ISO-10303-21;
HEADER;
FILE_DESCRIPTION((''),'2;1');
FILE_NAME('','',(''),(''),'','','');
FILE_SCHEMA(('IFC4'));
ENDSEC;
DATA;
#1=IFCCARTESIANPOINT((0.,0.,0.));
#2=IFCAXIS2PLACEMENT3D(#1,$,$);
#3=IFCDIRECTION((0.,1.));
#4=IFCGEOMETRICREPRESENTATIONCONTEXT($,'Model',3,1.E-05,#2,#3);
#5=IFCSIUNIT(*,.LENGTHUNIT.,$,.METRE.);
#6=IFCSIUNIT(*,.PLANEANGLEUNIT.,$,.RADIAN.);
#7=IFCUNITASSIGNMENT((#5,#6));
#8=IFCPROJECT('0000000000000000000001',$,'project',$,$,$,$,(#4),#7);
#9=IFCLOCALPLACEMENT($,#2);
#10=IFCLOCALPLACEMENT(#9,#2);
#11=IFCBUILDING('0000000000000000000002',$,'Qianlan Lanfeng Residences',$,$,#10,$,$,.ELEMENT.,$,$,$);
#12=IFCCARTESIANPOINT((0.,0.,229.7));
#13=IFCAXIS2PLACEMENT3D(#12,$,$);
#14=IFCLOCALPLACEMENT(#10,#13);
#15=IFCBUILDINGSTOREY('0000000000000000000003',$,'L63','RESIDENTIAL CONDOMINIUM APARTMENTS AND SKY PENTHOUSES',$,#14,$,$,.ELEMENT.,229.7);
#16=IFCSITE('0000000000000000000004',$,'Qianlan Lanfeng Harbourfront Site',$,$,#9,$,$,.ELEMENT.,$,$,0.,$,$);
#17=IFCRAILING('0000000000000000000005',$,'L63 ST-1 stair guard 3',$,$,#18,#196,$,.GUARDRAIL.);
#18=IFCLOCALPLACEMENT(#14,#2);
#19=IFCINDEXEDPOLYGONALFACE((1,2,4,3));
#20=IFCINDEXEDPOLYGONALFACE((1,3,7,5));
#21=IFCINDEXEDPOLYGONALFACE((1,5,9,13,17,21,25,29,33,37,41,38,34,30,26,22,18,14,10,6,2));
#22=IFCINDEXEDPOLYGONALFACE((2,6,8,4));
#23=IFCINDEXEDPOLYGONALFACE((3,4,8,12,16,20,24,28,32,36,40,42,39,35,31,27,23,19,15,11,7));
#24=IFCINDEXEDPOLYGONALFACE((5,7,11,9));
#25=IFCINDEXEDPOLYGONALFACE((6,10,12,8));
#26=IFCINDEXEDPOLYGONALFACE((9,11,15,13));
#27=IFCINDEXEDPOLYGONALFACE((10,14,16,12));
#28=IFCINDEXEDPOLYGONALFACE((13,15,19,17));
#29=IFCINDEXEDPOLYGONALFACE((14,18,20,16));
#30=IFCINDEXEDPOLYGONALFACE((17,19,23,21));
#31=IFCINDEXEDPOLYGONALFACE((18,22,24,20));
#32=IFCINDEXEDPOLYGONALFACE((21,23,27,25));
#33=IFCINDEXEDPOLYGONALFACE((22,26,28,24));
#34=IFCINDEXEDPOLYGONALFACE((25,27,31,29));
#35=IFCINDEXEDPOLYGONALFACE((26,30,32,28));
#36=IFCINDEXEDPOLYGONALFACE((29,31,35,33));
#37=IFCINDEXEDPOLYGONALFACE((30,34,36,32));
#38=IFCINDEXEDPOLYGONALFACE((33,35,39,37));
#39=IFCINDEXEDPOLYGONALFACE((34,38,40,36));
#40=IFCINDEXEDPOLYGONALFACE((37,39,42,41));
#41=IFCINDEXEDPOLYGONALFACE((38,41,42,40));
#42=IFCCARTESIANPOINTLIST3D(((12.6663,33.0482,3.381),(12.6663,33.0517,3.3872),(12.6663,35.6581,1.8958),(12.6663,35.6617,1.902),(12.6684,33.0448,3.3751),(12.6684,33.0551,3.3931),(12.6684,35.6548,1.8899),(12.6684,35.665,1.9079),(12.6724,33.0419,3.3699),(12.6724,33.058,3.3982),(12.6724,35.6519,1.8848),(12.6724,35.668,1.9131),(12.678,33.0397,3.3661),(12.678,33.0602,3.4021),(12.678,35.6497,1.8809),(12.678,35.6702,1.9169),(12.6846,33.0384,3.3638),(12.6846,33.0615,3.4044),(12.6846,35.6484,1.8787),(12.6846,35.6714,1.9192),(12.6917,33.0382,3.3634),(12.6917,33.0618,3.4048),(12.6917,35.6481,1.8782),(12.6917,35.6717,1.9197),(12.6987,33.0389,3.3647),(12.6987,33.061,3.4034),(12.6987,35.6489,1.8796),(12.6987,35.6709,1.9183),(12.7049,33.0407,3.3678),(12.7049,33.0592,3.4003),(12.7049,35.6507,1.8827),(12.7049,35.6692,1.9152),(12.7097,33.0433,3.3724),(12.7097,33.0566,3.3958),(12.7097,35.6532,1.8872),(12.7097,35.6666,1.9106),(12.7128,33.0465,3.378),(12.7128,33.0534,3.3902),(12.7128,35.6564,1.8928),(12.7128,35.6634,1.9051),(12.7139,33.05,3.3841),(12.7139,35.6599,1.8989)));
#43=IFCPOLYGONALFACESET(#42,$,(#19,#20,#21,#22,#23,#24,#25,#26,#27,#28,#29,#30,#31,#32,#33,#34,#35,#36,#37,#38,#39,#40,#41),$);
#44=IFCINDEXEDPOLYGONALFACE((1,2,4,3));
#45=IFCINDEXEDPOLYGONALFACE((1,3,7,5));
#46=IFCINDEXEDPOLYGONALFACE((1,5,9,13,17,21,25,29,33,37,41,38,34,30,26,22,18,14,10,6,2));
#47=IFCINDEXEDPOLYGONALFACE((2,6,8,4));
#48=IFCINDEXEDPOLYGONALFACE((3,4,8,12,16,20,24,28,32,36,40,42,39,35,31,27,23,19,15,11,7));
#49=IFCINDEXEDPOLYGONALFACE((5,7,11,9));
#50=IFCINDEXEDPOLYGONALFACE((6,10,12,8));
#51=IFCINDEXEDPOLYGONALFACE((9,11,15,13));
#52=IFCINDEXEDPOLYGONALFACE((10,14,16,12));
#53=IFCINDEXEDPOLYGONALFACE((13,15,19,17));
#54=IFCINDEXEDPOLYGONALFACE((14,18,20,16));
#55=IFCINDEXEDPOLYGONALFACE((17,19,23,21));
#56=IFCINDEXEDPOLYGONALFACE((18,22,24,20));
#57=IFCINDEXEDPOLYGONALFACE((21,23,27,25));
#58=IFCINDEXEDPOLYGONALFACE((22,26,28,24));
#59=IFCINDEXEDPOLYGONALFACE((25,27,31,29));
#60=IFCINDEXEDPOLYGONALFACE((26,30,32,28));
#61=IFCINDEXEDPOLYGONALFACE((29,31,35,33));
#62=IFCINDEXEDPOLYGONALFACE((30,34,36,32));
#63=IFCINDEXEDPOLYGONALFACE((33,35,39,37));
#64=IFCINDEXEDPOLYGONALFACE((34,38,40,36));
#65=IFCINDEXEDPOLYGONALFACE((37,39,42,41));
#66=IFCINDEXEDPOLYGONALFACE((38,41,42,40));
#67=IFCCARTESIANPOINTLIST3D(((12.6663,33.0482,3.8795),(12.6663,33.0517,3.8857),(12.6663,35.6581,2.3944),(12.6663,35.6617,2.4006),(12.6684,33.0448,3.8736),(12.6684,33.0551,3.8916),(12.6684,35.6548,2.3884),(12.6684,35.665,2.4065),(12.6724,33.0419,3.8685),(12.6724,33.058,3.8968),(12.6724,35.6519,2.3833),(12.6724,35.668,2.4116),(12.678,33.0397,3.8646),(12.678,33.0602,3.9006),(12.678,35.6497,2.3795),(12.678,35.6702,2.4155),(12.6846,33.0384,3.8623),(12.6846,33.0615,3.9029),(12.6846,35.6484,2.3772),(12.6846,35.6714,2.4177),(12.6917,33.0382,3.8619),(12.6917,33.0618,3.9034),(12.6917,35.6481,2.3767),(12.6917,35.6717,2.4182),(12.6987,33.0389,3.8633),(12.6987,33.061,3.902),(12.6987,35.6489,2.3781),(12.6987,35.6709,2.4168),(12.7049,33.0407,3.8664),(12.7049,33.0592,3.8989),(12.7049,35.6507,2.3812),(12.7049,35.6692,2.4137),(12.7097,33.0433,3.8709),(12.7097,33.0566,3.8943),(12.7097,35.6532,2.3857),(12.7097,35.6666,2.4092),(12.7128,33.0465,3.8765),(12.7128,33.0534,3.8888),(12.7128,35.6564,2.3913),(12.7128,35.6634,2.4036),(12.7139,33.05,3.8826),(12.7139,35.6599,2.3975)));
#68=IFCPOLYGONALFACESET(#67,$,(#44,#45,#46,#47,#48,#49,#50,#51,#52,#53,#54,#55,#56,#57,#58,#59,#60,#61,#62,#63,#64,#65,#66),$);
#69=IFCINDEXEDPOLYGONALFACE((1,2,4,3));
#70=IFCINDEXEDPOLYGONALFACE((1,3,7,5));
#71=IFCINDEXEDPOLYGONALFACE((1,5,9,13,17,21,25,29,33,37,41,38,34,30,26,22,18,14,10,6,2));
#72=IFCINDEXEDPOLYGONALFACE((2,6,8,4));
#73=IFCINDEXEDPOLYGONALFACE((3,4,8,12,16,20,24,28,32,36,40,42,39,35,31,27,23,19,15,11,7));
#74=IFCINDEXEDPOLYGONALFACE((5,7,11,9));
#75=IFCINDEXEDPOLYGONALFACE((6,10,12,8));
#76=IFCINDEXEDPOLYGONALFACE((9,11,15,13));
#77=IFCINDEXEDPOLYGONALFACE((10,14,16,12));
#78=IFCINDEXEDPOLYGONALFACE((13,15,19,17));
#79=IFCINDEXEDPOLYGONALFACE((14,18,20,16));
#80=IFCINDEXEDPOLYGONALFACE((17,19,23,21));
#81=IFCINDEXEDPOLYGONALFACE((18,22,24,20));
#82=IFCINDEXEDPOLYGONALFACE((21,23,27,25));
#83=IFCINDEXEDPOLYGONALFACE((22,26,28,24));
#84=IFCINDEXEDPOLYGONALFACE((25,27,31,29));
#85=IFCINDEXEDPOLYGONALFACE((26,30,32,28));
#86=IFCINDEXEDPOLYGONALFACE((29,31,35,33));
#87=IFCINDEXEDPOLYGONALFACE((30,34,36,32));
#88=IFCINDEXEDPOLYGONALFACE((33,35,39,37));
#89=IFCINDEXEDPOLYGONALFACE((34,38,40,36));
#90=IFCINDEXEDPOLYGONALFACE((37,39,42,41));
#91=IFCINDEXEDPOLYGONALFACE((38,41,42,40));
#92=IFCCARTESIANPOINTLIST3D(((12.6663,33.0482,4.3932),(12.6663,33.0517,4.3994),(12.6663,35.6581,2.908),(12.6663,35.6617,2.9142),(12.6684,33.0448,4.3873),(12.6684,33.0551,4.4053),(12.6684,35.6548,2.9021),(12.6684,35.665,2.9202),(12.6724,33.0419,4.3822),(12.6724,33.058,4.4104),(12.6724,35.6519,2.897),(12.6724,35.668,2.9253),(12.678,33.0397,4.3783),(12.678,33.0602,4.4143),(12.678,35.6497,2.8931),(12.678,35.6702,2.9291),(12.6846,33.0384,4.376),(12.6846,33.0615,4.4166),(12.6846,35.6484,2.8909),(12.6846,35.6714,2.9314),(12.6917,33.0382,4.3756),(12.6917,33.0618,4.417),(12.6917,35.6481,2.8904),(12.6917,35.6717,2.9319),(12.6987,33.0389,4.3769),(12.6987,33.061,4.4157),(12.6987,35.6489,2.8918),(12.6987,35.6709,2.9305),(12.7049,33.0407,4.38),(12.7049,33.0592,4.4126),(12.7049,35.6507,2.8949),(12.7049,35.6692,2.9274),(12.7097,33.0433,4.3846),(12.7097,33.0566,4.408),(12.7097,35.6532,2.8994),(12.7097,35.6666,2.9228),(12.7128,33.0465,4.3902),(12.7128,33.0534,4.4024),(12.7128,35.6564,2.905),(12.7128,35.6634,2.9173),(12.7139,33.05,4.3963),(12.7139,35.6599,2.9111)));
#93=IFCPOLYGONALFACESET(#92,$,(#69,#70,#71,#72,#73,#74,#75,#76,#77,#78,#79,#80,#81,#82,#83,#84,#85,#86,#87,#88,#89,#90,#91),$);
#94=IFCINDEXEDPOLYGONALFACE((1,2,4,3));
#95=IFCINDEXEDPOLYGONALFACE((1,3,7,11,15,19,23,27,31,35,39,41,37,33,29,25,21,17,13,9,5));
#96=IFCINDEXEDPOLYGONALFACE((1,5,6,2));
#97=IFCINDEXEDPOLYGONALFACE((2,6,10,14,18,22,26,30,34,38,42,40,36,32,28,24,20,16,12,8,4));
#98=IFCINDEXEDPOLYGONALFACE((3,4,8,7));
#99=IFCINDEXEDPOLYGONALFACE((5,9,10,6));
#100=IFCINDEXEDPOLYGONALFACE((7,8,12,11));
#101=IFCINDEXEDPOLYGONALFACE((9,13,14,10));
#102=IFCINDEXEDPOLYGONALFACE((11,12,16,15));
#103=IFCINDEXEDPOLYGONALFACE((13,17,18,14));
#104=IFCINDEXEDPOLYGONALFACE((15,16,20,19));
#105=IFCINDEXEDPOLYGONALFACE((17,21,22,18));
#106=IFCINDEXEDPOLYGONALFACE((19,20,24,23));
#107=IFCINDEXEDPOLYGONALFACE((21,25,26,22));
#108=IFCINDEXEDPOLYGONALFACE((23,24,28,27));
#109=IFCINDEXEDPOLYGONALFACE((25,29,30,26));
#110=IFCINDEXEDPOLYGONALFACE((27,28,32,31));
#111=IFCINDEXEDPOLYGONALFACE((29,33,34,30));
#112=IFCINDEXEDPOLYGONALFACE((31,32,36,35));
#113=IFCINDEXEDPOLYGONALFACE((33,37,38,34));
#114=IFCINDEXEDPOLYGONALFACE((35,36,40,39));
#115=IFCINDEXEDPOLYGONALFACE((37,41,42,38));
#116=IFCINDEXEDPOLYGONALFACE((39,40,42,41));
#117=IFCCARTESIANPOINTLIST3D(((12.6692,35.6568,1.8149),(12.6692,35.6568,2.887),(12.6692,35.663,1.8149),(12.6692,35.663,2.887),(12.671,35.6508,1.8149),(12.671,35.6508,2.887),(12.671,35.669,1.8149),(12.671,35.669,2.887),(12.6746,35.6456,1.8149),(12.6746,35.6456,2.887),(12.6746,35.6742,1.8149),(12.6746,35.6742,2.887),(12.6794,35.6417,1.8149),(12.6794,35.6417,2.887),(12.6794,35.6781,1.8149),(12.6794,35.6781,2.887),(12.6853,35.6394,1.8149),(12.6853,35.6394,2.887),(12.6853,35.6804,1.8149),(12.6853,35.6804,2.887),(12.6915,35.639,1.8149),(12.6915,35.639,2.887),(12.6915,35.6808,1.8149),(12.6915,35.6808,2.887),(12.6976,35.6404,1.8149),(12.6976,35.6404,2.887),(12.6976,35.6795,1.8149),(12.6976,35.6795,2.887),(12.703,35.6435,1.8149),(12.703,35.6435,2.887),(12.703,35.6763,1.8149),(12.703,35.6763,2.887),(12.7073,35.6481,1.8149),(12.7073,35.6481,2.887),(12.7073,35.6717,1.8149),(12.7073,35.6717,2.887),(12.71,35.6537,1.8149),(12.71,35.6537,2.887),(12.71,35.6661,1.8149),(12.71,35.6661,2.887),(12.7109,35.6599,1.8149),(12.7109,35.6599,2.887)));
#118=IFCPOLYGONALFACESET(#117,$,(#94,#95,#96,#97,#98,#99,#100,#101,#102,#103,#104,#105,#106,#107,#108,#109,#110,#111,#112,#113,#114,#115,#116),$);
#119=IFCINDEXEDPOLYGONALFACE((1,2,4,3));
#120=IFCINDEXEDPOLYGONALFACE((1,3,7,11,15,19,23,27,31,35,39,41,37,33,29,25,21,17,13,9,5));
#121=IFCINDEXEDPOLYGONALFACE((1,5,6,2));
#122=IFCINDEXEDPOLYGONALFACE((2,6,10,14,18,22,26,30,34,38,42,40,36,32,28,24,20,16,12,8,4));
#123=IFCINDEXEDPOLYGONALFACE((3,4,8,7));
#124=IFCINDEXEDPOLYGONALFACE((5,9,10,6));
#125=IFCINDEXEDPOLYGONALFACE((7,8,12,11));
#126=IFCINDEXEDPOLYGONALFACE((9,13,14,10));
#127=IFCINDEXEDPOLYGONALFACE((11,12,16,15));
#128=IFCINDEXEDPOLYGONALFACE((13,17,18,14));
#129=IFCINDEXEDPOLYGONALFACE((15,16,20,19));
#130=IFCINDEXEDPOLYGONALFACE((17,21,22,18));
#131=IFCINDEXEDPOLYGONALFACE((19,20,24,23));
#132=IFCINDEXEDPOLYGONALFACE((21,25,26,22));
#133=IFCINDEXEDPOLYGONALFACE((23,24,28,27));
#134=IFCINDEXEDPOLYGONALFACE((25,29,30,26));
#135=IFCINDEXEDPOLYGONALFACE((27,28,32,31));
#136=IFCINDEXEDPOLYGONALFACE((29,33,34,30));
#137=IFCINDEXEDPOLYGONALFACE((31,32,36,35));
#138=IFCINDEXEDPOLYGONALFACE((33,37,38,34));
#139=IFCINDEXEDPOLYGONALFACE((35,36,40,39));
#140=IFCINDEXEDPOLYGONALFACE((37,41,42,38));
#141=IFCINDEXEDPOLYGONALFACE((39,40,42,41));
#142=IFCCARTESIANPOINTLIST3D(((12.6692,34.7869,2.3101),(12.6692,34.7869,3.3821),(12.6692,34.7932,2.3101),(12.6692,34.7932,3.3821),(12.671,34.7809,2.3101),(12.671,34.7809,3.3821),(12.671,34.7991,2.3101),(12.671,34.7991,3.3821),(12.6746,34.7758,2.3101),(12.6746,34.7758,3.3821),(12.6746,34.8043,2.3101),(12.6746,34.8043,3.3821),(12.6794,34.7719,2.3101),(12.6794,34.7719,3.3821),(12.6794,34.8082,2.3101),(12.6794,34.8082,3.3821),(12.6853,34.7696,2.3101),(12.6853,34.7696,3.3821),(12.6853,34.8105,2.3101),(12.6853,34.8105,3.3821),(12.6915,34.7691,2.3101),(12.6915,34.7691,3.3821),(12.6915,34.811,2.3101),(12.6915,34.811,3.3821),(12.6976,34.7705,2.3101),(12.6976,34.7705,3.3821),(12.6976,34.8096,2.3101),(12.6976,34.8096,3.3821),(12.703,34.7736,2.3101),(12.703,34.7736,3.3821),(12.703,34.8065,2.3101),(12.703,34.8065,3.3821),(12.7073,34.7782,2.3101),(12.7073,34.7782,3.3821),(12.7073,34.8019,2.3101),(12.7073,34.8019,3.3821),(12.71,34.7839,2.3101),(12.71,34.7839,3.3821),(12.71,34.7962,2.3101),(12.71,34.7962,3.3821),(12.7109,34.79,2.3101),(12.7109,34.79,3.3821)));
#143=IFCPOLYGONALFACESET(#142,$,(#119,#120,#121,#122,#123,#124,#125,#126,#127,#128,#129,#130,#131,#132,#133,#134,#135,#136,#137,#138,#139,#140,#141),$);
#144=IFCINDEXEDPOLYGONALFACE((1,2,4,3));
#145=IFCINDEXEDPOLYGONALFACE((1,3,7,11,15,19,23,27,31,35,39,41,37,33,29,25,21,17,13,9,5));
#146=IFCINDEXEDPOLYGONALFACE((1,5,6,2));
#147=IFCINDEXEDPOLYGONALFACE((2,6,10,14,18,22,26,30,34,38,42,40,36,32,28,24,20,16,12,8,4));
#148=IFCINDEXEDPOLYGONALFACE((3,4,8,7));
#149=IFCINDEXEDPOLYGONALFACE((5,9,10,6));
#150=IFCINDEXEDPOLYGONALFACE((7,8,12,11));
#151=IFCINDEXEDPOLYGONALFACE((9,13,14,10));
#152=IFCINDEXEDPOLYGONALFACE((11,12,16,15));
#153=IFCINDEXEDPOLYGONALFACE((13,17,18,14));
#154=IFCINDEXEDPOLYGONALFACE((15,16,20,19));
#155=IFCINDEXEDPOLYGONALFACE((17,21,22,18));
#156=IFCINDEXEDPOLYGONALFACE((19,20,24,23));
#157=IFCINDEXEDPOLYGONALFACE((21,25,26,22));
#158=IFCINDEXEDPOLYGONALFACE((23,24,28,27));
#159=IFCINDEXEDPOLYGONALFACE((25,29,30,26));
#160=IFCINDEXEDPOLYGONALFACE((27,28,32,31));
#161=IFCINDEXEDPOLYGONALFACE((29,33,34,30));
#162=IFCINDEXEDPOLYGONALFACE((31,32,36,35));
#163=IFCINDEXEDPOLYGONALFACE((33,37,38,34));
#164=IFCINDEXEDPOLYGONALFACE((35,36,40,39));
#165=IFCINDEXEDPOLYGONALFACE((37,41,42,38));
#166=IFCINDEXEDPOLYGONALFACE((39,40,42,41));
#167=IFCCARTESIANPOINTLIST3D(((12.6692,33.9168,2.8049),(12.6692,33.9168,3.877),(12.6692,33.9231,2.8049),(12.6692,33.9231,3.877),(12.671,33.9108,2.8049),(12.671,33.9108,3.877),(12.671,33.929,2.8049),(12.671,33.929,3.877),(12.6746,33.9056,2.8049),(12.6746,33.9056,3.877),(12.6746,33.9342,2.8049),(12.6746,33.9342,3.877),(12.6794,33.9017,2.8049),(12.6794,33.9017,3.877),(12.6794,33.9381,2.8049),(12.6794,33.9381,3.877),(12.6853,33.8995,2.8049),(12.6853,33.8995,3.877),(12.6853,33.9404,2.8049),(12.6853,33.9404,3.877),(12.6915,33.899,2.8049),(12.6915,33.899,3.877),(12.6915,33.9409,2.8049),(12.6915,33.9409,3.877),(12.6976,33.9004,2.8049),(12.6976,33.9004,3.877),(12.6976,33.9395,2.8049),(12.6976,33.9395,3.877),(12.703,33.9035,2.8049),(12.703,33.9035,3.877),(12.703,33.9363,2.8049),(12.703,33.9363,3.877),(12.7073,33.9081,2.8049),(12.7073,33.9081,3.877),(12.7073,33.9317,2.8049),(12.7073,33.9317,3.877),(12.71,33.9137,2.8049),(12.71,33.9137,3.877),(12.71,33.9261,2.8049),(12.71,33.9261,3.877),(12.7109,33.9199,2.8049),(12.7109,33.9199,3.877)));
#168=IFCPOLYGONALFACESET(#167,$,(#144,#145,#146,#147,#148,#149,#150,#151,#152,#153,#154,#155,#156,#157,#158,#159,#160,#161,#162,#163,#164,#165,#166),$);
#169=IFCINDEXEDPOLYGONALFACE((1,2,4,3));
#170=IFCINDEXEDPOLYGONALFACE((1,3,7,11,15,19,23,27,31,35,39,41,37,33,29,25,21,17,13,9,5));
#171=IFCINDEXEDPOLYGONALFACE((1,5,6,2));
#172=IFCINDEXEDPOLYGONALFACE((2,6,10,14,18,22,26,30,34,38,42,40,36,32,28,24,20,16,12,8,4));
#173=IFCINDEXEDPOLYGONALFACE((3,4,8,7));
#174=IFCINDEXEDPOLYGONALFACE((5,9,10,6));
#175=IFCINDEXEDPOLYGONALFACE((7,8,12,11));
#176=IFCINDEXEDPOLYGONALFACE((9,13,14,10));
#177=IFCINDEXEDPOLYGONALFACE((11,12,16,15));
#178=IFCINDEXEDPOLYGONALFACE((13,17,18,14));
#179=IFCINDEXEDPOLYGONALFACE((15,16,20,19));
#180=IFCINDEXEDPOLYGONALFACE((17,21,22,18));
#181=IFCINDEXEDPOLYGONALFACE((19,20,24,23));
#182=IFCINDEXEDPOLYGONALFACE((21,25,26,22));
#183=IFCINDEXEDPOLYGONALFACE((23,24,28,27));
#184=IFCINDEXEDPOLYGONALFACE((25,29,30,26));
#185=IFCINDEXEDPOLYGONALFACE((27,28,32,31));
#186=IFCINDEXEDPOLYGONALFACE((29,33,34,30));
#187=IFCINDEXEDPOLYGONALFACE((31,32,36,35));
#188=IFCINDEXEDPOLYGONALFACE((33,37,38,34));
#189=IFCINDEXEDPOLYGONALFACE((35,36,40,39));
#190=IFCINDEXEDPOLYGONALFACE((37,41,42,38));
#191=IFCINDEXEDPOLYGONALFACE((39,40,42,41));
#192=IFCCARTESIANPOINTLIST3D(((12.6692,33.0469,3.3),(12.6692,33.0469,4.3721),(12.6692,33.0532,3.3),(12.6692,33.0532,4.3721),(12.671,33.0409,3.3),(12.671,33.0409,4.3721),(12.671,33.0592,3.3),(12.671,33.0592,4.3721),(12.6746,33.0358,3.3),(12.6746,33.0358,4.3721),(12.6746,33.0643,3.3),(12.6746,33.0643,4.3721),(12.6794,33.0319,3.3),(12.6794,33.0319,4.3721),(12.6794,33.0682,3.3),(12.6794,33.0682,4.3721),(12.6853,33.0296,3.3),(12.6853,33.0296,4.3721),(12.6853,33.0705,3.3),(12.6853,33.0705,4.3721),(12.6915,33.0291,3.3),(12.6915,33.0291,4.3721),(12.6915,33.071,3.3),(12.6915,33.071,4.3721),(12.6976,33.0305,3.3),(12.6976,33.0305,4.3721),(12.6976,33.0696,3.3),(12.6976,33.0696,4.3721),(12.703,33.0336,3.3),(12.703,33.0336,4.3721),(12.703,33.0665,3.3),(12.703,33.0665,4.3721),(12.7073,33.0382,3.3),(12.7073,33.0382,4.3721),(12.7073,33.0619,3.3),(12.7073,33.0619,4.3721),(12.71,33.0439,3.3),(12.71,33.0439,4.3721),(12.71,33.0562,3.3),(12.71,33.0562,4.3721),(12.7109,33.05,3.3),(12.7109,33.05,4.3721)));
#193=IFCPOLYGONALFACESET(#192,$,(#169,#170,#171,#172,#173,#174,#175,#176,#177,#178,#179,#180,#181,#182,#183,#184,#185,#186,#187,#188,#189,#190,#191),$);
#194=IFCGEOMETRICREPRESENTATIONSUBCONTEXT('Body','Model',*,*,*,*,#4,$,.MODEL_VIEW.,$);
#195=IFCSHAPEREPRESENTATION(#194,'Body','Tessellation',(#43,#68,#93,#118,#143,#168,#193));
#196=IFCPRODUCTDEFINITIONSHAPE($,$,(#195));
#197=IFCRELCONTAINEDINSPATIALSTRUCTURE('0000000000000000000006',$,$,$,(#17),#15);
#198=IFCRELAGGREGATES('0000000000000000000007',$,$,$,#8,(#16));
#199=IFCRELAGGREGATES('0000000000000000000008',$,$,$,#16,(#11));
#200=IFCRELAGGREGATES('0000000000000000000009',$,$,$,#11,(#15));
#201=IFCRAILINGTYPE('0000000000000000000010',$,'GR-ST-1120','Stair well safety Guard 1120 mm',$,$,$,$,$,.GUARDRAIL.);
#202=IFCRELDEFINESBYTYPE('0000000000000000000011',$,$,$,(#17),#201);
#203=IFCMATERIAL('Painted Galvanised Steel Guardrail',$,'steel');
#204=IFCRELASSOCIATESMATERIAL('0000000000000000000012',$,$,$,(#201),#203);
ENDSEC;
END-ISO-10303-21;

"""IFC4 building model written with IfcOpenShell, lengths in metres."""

from ifc_helpers import new_model, si_unit, direction, frame, origin, origin_2d, place, context, subcontext, project, spatial, circle, extrude, material, type_object, element, save


model = new_model("IFC4")

# Units and contexts
model_context = context("Model", 3, precision=1e-05, world=origin(), true_north=direction((0.0, 1.0)))
body_context = subcontext(model_context, "Body", "Model", "MODEL_VIEW")
ifc_project = project(units=[si_unit("LENGTHUNIT", "METRE"), si_unit("PLANEANGLEUNIT", "RADIAN")], contexts=[model_context])

# Site, building, storey
site_placement = place(None, origin())
site = spatial("IfcSite", under=ifc_project, at=site_placement, Name="Qianlan Lanfeng Harbourfront Site", CompositionType="ELEMENT", RefElevation=0.0)
building_placement = place(site_placement, origin())
building = spatial("IfcBuilding", under=site, at=building_placement, Name="Qianlan Lanfeng Residences", CompositionType="ELEMENT")
storey_placement = place(building_placement, frame((0.0, 0.0, 229.7)))
storey = spatial("IfcBuildingStorey", under=building, at=storey_placement, Name="L63", Description="RESIDENTIAL CONDOMINIUM APARTMENTS AND SKY PENTHOUSES", CompositionType="ELEMENT", Elevation=229.7)

# Railing
ifc_material_1 = material(Name="Painted Galvanised Steel Guardrail", Category="steel")
railing_type_1 = type_object("IfcRailingType", Name="GR-ST-1120", Description="Stair well safety Guard 1120 mm", PredefinedType="GUARDRAIL", material=ifc_material_1)
railing_1_placement = place(storey_placement, frame((12.6899, 35.6599, 1.8149)))
element("IfcRailing", 1, at=railing_1_placement, inside=storey, type_object=railing_type_1, Name="L63 ST-1 stair guard 3", PredefinedType="GUARDRAIL", context=body_context, shape_type="SweptSolid", body=[
    extrude(circle(Radius=0.0239, at=origin_2d()), frame((0.0, 0.0, 0.084), z_axis=(0.0, -0.869137, 0.494571), x_axis=(1.0, 0.0, 0.0)), (0.0, 0.0, 1.0), 3.0029),
    extrude(circle(Radius=0.0239, at=origin_2d()), frame((0.0, 0.0, 0.5825), z_axis=(0.0, -0.869137, 0.494571), x_axis=(1.0, 0.0, 0.0)), (0.0, 0.0, 1.0), 3.0029),
    extrude(circle(Radius=0.0239, at=origin_2d()), frame((0.0, 0.0, 1.0962), z_axis=(0.0, -0.869137, 0.494571), x_axis=(1.0, 0.0, 0.0)), (0.0, 0.0, 1.0), 3.0029),
    extrude(circle(Radius=0.021, at=origin_2d()), origin(), (0.0, 0.0, 1.0), 1.072),
    extrude(circle(Radius=0.021, at=origin_2d()), frame((0.0, -0.8699, 0.4951)), (0.0, 0.0, 1.0), 1.072),
    extrude(circle(Radius=0.021, at=origin_2d()), frame((0.0, -1.74, 0.99)), (0.0, 0.0, 1.0), 1.072),
    extrude(circle(Radius=0.021, at=origin_2d()), frame((0.0, -2.6099, 1.4851)), (0.0, 0.0, 1.0), 1.072),
])

save(model, "model.ifc")
